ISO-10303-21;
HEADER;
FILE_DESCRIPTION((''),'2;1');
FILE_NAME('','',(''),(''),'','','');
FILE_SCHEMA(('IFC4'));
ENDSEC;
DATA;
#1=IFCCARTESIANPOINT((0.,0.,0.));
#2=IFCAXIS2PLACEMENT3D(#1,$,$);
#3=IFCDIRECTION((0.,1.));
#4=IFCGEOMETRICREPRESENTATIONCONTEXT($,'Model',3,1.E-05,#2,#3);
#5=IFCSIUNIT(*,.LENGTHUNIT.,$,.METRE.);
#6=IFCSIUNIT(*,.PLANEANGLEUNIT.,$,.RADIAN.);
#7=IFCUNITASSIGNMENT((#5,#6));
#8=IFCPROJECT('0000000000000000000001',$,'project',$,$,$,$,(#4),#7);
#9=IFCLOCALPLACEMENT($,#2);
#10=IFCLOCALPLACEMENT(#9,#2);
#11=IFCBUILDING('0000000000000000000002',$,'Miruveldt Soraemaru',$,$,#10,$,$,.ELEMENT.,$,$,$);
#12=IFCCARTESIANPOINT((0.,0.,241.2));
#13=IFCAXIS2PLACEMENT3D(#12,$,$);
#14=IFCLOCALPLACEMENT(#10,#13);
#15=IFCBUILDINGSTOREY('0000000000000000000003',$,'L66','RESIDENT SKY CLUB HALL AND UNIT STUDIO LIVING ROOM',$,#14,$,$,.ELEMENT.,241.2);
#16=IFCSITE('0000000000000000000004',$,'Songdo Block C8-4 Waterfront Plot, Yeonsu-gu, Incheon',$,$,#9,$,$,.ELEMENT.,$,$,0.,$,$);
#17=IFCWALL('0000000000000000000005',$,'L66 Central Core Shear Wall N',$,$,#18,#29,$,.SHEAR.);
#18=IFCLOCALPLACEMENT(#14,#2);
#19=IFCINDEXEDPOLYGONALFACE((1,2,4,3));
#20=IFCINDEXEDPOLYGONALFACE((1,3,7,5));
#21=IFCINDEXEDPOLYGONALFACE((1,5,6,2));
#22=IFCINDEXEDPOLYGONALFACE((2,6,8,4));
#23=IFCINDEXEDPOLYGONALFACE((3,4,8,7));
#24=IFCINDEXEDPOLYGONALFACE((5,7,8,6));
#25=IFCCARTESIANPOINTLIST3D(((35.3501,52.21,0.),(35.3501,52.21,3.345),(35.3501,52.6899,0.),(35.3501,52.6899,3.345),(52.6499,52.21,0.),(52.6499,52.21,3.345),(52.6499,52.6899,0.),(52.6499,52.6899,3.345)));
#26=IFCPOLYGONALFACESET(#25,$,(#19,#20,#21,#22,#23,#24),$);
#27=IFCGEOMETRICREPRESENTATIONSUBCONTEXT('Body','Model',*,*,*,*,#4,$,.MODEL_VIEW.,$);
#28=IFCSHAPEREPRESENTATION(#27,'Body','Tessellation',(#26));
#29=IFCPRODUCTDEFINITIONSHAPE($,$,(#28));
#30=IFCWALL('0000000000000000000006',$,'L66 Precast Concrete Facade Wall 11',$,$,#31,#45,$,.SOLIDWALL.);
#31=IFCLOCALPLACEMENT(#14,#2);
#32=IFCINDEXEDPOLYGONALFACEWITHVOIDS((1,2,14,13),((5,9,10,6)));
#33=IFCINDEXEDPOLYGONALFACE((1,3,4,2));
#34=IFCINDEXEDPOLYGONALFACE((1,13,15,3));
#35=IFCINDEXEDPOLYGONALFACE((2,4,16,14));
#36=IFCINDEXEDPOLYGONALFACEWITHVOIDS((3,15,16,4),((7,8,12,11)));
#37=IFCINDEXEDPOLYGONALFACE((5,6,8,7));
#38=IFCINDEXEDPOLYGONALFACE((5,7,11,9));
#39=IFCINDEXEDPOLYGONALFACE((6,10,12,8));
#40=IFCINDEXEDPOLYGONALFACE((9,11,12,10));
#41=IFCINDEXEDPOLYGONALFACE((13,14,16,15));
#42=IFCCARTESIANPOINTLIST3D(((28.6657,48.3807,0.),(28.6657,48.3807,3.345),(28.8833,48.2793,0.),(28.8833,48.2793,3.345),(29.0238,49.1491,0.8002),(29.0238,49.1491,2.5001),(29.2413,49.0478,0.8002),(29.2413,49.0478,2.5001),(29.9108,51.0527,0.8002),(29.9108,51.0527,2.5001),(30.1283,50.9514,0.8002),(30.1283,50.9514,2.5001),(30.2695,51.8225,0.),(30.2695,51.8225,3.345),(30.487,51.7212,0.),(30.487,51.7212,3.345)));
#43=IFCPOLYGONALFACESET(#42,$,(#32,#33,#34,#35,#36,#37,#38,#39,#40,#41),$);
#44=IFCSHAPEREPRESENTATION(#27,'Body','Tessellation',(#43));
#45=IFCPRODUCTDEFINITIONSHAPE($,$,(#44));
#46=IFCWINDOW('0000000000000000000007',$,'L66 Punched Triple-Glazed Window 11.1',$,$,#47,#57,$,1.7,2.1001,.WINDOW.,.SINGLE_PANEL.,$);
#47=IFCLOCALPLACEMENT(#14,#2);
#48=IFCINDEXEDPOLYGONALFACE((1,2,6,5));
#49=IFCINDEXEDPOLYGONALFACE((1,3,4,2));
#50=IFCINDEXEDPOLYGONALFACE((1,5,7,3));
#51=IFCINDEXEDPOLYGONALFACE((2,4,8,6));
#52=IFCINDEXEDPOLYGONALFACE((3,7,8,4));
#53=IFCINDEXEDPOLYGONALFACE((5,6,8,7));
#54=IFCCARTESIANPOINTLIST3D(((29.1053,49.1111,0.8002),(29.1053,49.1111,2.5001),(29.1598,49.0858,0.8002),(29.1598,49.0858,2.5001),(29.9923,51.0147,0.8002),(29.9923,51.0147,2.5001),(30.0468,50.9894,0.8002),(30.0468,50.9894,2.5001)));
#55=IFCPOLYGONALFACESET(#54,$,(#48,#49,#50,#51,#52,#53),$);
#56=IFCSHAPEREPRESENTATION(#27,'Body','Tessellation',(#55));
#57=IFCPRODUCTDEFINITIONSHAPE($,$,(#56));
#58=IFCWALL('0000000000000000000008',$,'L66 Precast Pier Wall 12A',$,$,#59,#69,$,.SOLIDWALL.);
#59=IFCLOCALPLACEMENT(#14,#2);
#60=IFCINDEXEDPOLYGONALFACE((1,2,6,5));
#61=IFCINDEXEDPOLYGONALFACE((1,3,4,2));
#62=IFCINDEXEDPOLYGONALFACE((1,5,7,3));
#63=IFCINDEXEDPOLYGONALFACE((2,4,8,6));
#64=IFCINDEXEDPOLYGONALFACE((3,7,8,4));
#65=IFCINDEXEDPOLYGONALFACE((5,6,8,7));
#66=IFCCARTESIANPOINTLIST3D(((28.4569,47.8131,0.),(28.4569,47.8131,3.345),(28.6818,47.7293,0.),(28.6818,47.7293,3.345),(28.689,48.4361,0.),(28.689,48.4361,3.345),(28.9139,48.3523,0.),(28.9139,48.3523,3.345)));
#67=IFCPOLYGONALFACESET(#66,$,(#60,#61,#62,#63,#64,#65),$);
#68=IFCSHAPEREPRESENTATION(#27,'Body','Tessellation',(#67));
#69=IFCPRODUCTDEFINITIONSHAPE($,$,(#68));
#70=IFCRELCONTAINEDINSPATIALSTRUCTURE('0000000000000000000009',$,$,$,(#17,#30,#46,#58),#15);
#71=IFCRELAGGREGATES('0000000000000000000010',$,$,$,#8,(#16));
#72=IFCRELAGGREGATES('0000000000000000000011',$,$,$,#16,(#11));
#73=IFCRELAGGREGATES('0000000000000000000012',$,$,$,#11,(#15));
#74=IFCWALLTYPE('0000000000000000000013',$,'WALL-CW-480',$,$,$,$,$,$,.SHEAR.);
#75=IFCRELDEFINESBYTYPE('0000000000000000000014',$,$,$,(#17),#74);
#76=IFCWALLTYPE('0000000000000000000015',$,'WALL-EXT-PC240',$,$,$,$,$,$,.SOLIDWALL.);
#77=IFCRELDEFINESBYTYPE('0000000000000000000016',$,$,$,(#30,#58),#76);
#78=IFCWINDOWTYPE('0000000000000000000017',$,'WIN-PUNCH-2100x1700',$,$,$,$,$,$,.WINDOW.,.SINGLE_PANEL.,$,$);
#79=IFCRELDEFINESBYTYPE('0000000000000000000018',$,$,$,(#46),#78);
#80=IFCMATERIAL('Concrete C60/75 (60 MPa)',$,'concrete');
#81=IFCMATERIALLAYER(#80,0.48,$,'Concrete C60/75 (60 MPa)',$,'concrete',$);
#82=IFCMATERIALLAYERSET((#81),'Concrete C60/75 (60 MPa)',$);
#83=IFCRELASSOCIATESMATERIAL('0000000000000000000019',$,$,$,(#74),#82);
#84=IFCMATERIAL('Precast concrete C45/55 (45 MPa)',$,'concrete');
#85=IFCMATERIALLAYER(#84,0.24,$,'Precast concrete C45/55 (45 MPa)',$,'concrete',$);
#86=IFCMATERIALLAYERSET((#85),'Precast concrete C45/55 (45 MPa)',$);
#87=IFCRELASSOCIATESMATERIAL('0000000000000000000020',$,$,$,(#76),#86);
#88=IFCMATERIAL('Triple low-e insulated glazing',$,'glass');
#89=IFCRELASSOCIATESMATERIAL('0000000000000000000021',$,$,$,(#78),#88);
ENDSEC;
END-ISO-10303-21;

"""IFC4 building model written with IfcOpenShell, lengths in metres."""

from ifc_helpers import new_model, si_unit, direction, frame, frame_2d, origin, place, context, subcontext, project, spatial, rectangle, extrude, material, layer, layer_set, type_object, element, fill, save


model = new_model("IFC4")

# Units and contexts
model_context = context("Model", 3, precision=1e-05, world=origin(), true_north=direction((0.0, 1.0)))
body_context = subcontext(model_context, "Body", "Model", "MODEL_VIEW")
ifc_project = project(units=[si_unit("LENGTHUNIT", "METRE"), si_unit("PLANEANGLEUNIT", "RADIAN")], contexts=[model_context])

# Site, building, storey
site_placement = place(None, origin())
site = spatial("IfcSite", under=ifc_project, at=site_placement, Name="Songdo Block C8-4 Waterfront Plot, Yeonsu-gu, Incheon", CompositionType="ELEMENT", RefElevation=0.0)
building_placement = place(site_placement, origin())
building = spatial("IfcBuilding", under=site, at=building_placement, Name="Miruveldt Soraemaru", CompositionType="ELEMENT")
storey_placement = place(building_placement, frame((0.0, 0.0, 241.2)))
storey = spatial("IfcBuildingStorey", under=building, at=storey_placement, Name="L66", Description="RESIDENT SKY CLUB HALL AND UNIT STUDIO LIVING ROOM", CompositionType="ELEMENT", Elevation=241.2)

# Shared definitions
ifc_material_1 = material(Name="Concrete C60/75 (60 MPa)", Category="concrete")

# Shared definitions
ifc_material_2 = material(Name="Triple low-e insulated glazing", Category="glass")

# Wall
ifc_layer_1 = layer(ifc_material_1, 0.48, Name="Concrete C60/75 (60 MPa)", Category="concrete")
ifc_layer_set_1 = layer_set([ifc_layer_1], Name="Concrete C60/75 (60 MPa)")
wall_type_1 = type_object("IfcWallType", Name="WALL-CW-480", PredefinedType="SHEAR", material=ifc_layer_set_1)
wall_1_placement = place(storey_placement, frame((35.3501, 52.45, 0.0), z_axis=(0.0, 0.0, 1.0), x_axis=(1.0, 0.0, 0.0)))
element("IfcWall", 1, at=wall_1_placement, inside=storey, type_object=wall_type_1, Name="L66 Central Core Shear Wall N", PredefinedType="SHEAR", context=body_context, shape_type="SweptSolid", body=[
    extrude(rectangle(XDim=17.2998, YDim=0.48, at=frame_2d((8.6499, 0.0))), origin(), (0.0, 0.0, 1.0), 3.345),
])

# Wall, opening, window
ifc_material_3 = material(Name="Precast concrete C45/55 (45 MPa)", Category="concrete")
ifc_layer_2 = layer(ifc_material_3, 0.24, Name="Precast concrete C45/55 (45 MPa)", Category="concrete")
ifc_layer_set_2 = layer_set([ifc_layer_2], Name="Precast concrete C45/55 (45 MPa)")
wall_type_2 = type_object("IfcWallType", Name="WALL-EXT-PC240", PredefinedType="SOLIDWALL", material=ifc_layer_set_2)
wall_2_placement = place(storey_placement, frame((30.3782, 51.7717, 0.0), z_axis=(0.0, 0.0, 1.0), x_axis=(-0.422354, -0.906431, 0.0)))
wall_2 = element("IfcWall", 2, at=wall_2_placement, inside=storey, type_object=wall_type_2, Name="L66 Precast Concrete Facade Wall 11", PredefinedType="SOLIDWALL", context=body_context, shape_type="SweptSolid", body=[
    extrude(rectangle(XDim=3.7971, YDim=0.24, at=frame_2d((1.8984, 0.0))), origin(), (0.0, 0.0, 1.0), 3.345),
])
opening_1_placement = place(wall_2_placement, frame((0.8491, 0.0, 0.8)))
opening_1 = element("IfcOpeningElement", 3, at=opening_1_placement, cuts=wall_2, PredefinedType="OPENING", context=body_context, shape_type="SweptSolid", body=[
    extrude(rectangle(XDim=2.1001, YDim=1.7, at=frame_2d((1.05, 0.8501))), frame((0.0, 0.1299, 0.0), z_axis=(0.0, -1.0, 0.0), x_axis=(1.0, 0.0, 0.0)), (0.0, 0.0, 1.0), 0.26),
])
window_type_1 = type_object("IfcWindowType", Name="WIN-PUNCH-2100x1700", PartitioningType="SINGLE_PANEL", PredefinedType="WINDOW", material=ifc_material_2)
window_1_placement = place(opening_1_placement, origin())
window_1 = element("IfcWindow", 4, at=window_1_placement, inside=storey, type_object=window_type_1, Name="L66 Punched Triple-Glazed Window 11.1", OverallHeight=1.7, OverallWidth=2.1001, PartitioningType="SINGLE_PANEL", PredefinedType="WINDOW", context=body_context, shape_type="SweptSolid", body=[
    extrude(rectangle(XDim=2.1001, YDim=1.7, at=frame_2d((1.05, 0.8501))), frame((0.0, 0.03, 0.0), z_axis=(0.0, -1.0, 0.0), x_axis=(1.0, 0.0, 0.0)), (0.0, 0.0, 1.0), 0.0601),
])
fill(opening_1, window_1)

# Wall
wall_3_placement = place(storey_placement, frame((28.8015, 48.3943, 0.0), z_axis=(0.0, 0.0, 1.0), x_axis=(-0.349191, -0.937051, 0.0)))
element("IfcWall", 5, at=wall_3_placement, inside=storey, type_object=wall_type_2, Name="L66 Precast Pier Wall 12A", PredefinedType="SOLIDWALL", context=body_context, shape_type="SweptSolid", body=[
    extrude(rectangle(XDim=0.6648, YDim=0.24, at=frame_2d((0.3325, 0.0))), origin(), (0.0, 0.0, 1.0), 3.345),
])

save(model, "model.ifc")
